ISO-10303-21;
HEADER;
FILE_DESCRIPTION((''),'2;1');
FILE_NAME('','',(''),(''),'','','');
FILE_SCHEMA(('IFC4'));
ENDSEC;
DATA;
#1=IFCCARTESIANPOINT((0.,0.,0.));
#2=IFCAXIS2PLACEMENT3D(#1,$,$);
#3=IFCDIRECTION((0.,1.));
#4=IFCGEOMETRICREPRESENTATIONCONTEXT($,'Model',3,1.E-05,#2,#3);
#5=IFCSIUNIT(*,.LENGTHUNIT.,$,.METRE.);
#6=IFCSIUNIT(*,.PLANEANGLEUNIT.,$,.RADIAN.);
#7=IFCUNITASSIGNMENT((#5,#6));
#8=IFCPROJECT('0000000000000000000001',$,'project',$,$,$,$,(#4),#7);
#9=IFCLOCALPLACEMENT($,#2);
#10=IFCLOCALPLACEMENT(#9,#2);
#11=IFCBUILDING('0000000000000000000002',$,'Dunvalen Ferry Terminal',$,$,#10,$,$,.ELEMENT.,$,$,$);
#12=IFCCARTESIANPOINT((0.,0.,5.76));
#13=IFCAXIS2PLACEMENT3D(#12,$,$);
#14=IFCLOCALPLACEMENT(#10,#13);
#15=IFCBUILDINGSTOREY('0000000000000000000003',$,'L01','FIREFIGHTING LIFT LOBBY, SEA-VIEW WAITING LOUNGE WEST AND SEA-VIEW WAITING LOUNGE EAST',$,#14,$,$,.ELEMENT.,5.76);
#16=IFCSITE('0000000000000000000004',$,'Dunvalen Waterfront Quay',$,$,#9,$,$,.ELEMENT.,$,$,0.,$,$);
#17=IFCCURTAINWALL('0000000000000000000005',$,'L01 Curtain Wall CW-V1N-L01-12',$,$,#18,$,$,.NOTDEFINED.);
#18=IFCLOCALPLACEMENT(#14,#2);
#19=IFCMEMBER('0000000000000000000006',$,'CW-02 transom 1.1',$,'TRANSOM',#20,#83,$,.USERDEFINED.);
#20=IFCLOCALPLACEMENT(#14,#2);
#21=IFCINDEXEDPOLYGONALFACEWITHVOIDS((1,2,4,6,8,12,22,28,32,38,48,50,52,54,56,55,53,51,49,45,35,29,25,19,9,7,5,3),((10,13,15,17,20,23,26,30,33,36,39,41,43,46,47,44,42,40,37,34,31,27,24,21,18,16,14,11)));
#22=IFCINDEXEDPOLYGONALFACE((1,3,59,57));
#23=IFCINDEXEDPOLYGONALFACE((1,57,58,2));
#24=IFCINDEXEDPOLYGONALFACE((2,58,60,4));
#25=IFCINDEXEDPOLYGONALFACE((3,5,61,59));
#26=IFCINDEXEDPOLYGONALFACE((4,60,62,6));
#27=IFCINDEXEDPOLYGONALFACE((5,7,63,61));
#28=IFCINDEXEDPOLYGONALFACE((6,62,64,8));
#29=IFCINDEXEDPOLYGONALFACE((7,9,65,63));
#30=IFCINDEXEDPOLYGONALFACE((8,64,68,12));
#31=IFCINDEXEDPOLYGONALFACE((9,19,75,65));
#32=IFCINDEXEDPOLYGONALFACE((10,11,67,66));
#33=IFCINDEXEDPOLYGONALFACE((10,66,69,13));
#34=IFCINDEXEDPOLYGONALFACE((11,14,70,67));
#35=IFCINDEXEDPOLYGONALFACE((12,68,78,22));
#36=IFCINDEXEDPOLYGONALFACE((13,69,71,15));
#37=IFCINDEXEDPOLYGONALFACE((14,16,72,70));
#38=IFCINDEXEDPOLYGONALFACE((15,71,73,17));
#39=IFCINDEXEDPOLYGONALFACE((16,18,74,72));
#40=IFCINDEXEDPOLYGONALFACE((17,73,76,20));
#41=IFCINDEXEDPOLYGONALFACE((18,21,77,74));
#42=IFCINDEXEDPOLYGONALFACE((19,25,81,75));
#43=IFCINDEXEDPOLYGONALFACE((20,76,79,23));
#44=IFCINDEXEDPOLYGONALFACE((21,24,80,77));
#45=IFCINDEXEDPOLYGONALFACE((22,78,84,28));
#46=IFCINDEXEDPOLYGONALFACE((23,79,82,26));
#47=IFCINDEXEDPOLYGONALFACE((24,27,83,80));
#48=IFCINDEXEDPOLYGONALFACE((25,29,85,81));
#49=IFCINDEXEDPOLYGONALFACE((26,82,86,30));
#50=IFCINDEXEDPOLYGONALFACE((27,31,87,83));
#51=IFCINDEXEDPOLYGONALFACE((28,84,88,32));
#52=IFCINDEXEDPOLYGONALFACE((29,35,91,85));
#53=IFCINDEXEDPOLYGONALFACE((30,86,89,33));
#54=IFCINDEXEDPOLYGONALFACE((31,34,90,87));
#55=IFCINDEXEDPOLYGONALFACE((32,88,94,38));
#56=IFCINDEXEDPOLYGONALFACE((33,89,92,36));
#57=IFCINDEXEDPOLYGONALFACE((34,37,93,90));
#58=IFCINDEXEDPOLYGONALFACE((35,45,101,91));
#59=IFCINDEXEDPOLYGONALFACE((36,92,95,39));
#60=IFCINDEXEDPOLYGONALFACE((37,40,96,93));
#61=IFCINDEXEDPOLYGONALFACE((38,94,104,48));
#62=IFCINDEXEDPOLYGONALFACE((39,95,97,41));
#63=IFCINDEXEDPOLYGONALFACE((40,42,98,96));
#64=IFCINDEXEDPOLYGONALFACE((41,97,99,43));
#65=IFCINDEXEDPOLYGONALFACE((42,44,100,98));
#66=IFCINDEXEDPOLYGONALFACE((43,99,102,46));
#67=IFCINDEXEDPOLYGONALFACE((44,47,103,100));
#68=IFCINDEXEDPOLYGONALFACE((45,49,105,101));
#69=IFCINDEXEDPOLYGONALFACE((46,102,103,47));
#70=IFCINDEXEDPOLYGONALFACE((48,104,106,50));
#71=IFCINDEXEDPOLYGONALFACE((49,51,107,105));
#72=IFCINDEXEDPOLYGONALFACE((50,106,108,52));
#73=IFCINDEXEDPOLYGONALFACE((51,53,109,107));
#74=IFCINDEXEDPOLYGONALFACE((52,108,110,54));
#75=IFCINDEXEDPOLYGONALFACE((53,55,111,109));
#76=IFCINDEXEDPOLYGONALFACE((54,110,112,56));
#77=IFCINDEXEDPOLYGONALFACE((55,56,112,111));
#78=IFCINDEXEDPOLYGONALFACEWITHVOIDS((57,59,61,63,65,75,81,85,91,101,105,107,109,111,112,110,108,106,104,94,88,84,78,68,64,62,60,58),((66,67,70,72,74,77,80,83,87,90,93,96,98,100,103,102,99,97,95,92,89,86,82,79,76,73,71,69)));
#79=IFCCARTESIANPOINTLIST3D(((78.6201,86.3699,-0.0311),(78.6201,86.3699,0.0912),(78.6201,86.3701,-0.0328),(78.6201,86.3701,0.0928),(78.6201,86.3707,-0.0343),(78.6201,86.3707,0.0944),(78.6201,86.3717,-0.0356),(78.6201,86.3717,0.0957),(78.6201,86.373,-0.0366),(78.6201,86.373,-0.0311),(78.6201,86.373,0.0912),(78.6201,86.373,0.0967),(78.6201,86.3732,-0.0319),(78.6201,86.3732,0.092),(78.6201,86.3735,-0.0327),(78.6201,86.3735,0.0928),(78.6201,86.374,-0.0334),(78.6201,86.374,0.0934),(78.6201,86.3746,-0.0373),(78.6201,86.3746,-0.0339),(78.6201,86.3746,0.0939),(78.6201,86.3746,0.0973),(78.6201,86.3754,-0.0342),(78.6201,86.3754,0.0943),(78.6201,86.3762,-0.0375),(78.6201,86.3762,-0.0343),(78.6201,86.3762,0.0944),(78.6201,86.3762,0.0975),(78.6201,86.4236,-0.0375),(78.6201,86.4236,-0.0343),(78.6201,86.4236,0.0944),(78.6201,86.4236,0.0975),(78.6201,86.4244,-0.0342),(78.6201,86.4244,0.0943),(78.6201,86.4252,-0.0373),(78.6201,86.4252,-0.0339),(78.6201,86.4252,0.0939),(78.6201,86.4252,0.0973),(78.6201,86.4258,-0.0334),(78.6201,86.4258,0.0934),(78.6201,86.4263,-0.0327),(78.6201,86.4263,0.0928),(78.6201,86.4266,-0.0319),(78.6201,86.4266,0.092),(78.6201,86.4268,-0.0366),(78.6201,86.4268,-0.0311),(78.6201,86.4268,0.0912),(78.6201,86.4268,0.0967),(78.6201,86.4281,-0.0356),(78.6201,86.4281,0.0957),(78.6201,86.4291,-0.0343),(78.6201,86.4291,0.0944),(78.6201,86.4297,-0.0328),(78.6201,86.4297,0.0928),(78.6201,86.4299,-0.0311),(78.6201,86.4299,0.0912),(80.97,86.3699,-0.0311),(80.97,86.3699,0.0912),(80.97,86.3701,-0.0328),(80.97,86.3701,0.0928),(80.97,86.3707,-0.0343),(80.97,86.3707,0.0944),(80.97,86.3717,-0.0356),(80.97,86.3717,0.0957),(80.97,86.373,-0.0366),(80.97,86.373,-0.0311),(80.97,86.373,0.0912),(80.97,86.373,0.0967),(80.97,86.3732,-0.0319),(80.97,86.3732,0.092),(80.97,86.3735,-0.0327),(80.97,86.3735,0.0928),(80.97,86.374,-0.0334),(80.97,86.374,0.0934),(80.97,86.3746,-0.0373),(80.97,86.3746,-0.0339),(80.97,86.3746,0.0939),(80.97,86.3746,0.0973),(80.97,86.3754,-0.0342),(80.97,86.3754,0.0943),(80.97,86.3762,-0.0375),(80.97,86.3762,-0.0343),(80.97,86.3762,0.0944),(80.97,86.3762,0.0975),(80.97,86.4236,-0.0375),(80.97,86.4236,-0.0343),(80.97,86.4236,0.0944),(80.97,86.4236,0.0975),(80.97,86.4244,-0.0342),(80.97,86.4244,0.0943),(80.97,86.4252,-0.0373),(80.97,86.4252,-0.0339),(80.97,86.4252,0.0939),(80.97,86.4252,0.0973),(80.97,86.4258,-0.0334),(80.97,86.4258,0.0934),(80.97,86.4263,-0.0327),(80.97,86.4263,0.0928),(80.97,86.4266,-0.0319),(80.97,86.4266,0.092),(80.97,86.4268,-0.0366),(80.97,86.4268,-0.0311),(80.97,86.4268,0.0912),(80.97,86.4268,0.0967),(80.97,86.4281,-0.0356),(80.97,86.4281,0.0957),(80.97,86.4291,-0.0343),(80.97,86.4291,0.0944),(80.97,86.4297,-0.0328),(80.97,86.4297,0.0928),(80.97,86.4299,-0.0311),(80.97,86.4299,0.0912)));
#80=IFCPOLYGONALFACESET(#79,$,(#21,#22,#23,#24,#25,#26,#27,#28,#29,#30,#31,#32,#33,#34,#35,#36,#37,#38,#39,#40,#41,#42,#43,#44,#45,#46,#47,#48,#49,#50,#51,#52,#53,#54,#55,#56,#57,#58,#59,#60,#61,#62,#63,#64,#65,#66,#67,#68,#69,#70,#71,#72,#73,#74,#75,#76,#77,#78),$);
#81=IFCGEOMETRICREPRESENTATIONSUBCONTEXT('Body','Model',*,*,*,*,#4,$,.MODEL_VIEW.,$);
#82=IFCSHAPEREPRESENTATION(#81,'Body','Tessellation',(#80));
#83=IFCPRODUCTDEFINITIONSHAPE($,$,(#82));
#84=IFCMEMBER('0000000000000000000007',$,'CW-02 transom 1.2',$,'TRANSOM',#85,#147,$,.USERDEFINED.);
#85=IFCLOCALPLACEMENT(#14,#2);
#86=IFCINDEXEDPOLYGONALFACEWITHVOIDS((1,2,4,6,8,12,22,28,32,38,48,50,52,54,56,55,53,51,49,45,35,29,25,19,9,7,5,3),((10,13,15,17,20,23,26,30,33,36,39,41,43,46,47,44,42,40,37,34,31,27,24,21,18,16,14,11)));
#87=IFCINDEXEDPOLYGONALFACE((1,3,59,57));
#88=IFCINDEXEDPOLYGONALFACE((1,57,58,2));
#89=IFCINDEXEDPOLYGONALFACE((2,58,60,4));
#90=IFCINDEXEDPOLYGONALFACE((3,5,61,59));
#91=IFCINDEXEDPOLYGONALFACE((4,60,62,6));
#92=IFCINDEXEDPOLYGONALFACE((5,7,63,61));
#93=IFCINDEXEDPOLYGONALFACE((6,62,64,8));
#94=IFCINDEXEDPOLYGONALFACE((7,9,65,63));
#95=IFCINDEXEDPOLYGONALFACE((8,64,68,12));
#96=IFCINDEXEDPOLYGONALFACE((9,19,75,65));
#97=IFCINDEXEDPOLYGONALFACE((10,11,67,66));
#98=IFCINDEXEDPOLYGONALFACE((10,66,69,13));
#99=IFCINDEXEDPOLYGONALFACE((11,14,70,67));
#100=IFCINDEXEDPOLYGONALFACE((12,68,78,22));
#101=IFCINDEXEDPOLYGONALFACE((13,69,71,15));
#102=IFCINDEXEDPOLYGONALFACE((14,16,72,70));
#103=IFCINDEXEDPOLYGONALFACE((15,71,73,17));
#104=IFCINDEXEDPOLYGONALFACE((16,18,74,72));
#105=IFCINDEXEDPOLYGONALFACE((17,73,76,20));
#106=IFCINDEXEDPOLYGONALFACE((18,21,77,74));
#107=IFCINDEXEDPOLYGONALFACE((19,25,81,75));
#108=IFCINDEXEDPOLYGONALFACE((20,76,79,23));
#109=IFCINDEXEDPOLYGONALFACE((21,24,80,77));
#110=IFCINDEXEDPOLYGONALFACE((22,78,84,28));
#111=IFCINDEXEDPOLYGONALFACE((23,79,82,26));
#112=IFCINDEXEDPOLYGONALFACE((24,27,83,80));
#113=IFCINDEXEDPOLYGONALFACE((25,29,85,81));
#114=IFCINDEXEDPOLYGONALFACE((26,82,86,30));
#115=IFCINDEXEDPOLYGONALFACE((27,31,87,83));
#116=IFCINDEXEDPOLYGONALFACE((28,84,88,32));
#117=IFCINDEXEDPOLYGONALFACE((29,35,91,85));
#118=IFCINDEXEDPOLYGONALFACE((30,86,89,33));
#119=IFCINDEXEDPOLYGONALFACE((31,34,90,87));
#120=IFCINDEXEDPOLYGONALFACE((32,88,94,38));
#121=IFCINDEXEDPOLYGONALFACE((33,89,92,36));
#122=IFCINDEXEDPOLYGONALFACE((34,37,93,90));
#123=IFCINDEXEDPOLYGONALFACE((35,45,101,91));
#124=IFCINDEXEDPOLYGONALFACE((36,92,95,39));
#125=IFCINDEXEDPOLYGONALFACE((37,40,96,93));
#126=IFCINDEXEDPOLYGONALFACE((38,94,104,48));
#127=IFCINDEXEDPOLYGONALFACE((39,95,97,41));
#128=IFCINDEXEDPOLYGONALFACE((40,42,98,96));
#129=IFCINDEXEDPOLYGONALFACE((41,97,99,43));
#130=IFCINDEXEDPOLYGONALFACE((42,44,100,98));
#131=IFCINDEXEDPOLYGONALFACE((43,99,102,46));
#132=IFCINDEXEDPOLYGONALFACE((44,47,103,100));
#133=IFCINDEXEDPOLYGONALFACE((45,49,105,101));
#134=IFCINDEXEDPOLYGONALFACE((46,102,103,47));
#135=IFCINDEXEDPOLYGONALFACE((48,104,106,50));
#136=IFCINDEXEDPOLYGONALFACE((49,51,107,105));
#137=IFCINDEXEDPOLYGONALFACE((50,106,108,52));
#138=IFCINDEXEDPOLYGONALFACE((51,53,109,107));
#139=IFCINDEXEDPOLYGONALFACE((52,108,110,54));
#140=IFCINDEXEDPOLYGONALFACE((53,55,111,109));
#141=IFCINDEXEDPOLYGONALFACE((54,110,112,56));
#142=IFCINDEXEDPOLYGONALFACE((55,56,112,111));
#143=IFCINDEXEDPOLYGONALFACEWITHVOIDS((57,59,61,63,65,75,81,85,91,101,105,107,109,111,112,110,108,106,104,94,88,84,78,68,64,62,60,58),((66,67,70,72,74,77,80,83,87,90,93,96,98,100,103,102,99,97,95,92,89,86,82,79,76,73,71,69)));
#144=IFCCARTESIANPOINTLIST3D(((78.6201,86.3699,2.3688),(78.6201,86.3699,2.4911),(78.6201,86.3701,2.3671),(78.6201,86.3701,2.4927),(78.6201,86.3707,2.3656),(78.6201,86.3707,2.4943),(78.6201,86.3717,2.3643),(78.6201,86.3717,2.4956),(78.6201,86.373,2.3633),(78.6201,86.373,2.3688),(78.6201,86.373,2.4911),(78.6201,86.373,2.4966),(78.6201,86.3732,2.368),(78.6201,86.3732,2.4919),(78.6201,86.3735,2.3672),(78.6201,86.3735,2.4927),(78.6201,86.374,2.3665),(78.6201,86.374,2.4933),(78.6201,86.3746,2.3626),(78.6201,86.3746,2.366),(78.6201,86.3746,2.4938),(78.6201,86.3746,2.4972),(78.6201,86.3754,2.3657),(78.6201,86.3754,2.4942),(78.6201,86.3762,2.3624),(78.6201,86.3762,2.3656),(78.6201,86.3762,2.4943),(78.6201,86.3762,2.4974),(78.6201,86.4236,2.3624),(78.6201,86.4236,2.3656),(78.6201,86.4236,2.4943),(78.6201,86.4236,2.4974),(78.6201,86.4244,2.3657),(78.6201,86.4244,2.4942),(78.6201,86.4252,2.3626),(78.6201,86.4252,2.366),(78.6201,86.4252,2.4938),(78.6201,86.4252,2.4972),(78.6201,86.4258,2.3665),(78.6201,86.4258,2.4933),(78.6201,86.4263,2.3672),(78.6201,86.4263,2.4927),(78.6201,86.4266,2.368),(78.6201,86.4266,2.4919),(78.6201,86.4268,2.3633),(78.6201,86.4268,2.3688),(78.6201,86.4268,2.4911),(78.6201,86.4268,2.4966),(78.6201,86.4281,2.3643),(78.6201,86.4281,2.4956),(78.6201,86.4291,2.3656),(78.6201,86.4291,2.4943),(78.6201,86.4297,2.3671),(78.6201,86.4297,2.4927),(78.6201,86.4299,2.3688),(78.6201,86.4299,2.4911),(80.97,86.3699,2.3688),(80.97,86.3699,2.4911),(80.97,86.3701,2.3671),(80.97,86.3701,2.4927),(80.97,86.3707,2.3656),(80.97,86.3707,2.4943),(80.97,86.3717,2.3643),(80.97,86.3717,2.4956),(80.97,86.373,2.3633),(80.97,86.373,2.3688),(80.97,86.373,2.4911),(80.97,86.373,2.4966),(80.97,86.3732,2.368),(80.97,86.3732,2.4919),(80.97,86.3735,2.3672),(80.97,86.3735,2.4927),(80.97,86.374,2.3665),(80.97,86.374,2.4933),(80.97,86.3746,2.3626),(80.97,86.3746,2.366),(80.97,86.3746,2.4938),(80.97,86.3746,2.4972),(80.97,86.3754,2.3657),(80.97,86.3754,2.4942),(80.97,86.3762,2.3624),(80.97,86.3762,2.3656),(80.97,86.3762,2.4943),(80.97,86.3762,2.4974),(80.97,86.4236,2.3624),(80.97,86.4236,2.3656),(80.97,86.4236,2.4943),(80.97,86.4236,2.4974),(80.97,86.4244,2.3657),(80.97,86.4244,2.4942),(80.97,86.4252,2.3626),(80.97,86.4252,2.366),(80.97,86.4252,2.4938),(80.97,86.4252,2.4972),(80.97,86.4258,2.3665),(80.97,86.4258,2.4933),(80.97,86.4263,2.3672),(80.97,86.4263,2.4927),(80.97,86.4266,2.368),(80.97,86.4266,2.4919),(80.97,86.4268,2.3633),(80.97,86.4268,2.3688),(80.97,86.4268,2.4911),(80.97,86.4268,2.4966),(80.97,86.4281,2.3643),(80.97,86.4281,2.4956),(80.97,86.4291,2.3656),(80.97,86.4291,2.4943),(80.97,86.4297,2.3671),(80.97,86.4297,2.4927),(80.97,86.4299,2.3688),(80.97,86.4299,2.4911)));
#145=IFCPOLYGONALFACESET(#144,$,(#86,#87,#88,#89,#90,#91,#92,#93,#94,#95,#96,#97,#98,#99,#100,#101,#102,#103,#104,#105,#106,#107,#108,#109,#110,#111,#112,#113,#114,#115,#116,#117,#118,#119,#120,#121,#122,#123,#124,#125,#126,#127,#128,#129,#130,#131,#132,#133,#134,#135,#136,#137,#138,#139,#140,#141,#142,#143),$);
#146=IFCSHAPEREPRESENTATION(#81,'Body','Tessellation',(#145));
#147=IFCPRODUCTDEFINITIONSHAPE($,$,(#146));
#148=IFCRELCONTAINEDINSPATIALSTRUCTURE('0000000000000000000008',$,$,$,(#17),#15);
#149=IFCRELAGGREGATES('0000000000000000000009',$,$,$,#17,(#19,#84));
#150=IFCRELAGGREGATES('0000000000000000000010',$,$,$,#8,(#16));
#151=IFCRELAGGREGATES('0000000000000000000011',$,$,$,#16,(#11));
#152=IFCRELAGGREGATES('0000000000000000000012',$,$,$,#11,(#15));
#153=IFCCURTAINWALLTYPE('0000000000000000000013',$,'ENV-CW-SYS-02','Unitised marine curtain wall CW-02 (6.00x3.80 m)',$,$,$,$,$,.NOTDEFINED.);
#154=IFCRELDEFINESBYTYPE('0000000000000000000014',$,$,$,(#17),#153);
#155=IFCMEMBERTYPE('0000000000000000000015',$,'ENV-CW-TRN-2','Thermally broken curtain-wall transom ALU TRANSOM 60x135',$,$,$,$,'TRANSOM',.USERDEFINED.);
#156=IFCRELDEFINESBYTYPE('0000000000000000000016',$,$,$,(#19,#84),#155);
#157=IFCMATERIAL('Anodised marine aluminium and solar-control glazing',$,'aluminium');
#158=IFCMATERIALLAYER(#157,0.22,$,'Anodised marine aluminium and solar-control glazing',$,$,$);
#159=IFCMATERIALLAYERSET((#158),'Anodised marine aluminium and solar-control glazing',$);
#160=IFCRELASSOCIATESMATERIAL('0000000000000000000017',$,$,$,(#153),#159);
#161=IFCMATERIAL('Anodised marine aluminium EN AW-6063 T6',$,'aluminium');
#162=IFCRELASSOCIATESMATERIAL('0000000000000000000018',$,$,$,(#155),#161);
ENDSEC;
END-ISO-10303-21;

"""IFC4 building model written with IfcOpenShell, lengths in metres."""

from ifc_helpers import new_model, si_unit, direction, frame, origin, origin_2d, place, context, subcontext, project, spatial, hollow_rectangle, extrude, material, layer, layer_set, material_profile, profile_set, type_object, element, aggregate, save


model = new_model("IFC4")

# Units and contexts
model_context = context("Model", 3, precision=1e-05, world=origin(), true_north=direction((0.0, 1.0)))
body_context = subcontext(model_context, "Body", "Model", "MODEL_VIEW")
ifc_project = project(units=[si_unit("LENGTHUNIT", "METRE"), si_unit("PLANEANGLEUNIT", "RADIAN")], contexts=[model_context])

# Site, building, storey
site_placement = place(None, origin())
site = spatial("IfcSite", under=ifc_project, at=site_placement, Name="Dunvalen Waterfront Quay", CompositionType="ELEMENT", RefElevation=0.0)
building_placement = place(site_placement, origin())
building = spatial("IfcBuilding", under=site, at=building_placement, Name="Dunvalen Ferry Terminal", CompositionType="ELEMENT")
storey_placement = place(building_placement, frame((0.0, 0.0, 5.76)))
storey = spatial("IfcBuildingStorey", under=building, at=storey_placement, Name="L01", Description="FIREFIGHTING LIFT LOBBY, SEA-VIEW WAITING LOUNGE WEST AND SEA-VIEW WAITING LOUNGE EAST", CompositionType="ELEMENT", Elevation=5.76)

# Curtain wall
ifc_material_1 = material(Name="Anodised marine aluminium and solar-control glazing", Category="aluminium")
ifc_layer_1 = layer(ifc_material_1, 0.22, Name="Anodised marine aluminium and solar-control glazing")
ifc_layer_set_1 = layer_set([ifc_layer_1], Name="Anodised marine aluminium and solar-control glazing")
curtain_wall_type = type_object("IfcCurtainWallType", Name="ENV-CW-SYS-02", Description="Unitised marine curtain wall CW-02 (6.00x3.80 m)", PredefinedType="NOTDEFINED", material=ifc_layer_set_1)
ifc_material_2 = material(Name="Anodised marine aluminium EN AW-6063 T6", Category="aluminium")
curtain_wall_1_placement = place(storey_placement, origin())
curtain_wall_1 = element("IfcCurtainWall", 1, at=curtain_wall_1_placement, inside=storey, type_object=curtain_wall_type, Name="L01 Curtain Wall CW-V1N-L01-12", PredefinedType="NOTDEFINED")

# Members
ifc_material_profile_1 = material_profile(ifc_material_2, hollow_rectangle(XDim=0.0601, YDim=0.135, WallThickness=0.0032, InnerFilletRadius=0.0032, OuterFilletRadius=0.0063, at=origin_2d()), Name="Anodised marine aluminium EN AW-6063 T6")
ifc_profile_set_1 = profile_set([ifc_material_profile_1], Name="Anodised marine aluminium EN AW-6063 T6")
member_type_1 = type_object("IfcMemberType", Name="ENV-CW-TRN-2", Description="Thermally broken curtain-wall transom ALU TRANSOM 60x135", ElementType="TRANSOM", PredefinedType="USERDEFINED", material=ifc_profile_set_1)
member_1_placement = place(storey_placement, frame((78.6201, 86.3999, 0.03), z_axis=(1.0, 0.0, 0.0), x_axis=(0.0, 1.0, 0.0)))
member_1 = element("IfcMember", 2, at=member_1_placement, type_object=member_type_1, Name="CW-02 transom 1.1", ObjectType="TRANSOM", PredefinedType="USERDEFINED", context=body_context, shape_type="SweptSolid", body=[
    extrude(hollow_rectangle(XDim=0.0601, YDim=0.135, WallThickness=0.0032, InnerFilletRadius=0.0032, OuterFilletRadius=0.0063, at=origin_2d()), origin(), (0.0, 0.0, 1.0), 2.3499),
])
member_2_placement = place(storey_placement, frame((78.6201, 86.3999, 2.4299), z_axis=(1.0, 0.0, 0.0), x_axis=(0.0, 1.0, 0.0)))
member_2 = element("IfcMember", 3, at=member_2_placement, type_object=member_type_1, Name="CW-02 transom 1.2", ObjectType="TRANSOM", PredefinedType="USERDEFINED", context=body_context, shape_type="SweptSolid", body=[
    extrude(hollow_rectangle(XDim=0.0601, YDim=0.135, WallThickness=0.0032, InnerFilletRadius=0.0032, OuterFilletRadius=0.0063, at=origin_2d()), origin(), (0.0, 0.0, 1.0), 2.3499),
])

aggregate(curtain_wall_1, [member_1, member_2])

save(model, "model.ifc")
